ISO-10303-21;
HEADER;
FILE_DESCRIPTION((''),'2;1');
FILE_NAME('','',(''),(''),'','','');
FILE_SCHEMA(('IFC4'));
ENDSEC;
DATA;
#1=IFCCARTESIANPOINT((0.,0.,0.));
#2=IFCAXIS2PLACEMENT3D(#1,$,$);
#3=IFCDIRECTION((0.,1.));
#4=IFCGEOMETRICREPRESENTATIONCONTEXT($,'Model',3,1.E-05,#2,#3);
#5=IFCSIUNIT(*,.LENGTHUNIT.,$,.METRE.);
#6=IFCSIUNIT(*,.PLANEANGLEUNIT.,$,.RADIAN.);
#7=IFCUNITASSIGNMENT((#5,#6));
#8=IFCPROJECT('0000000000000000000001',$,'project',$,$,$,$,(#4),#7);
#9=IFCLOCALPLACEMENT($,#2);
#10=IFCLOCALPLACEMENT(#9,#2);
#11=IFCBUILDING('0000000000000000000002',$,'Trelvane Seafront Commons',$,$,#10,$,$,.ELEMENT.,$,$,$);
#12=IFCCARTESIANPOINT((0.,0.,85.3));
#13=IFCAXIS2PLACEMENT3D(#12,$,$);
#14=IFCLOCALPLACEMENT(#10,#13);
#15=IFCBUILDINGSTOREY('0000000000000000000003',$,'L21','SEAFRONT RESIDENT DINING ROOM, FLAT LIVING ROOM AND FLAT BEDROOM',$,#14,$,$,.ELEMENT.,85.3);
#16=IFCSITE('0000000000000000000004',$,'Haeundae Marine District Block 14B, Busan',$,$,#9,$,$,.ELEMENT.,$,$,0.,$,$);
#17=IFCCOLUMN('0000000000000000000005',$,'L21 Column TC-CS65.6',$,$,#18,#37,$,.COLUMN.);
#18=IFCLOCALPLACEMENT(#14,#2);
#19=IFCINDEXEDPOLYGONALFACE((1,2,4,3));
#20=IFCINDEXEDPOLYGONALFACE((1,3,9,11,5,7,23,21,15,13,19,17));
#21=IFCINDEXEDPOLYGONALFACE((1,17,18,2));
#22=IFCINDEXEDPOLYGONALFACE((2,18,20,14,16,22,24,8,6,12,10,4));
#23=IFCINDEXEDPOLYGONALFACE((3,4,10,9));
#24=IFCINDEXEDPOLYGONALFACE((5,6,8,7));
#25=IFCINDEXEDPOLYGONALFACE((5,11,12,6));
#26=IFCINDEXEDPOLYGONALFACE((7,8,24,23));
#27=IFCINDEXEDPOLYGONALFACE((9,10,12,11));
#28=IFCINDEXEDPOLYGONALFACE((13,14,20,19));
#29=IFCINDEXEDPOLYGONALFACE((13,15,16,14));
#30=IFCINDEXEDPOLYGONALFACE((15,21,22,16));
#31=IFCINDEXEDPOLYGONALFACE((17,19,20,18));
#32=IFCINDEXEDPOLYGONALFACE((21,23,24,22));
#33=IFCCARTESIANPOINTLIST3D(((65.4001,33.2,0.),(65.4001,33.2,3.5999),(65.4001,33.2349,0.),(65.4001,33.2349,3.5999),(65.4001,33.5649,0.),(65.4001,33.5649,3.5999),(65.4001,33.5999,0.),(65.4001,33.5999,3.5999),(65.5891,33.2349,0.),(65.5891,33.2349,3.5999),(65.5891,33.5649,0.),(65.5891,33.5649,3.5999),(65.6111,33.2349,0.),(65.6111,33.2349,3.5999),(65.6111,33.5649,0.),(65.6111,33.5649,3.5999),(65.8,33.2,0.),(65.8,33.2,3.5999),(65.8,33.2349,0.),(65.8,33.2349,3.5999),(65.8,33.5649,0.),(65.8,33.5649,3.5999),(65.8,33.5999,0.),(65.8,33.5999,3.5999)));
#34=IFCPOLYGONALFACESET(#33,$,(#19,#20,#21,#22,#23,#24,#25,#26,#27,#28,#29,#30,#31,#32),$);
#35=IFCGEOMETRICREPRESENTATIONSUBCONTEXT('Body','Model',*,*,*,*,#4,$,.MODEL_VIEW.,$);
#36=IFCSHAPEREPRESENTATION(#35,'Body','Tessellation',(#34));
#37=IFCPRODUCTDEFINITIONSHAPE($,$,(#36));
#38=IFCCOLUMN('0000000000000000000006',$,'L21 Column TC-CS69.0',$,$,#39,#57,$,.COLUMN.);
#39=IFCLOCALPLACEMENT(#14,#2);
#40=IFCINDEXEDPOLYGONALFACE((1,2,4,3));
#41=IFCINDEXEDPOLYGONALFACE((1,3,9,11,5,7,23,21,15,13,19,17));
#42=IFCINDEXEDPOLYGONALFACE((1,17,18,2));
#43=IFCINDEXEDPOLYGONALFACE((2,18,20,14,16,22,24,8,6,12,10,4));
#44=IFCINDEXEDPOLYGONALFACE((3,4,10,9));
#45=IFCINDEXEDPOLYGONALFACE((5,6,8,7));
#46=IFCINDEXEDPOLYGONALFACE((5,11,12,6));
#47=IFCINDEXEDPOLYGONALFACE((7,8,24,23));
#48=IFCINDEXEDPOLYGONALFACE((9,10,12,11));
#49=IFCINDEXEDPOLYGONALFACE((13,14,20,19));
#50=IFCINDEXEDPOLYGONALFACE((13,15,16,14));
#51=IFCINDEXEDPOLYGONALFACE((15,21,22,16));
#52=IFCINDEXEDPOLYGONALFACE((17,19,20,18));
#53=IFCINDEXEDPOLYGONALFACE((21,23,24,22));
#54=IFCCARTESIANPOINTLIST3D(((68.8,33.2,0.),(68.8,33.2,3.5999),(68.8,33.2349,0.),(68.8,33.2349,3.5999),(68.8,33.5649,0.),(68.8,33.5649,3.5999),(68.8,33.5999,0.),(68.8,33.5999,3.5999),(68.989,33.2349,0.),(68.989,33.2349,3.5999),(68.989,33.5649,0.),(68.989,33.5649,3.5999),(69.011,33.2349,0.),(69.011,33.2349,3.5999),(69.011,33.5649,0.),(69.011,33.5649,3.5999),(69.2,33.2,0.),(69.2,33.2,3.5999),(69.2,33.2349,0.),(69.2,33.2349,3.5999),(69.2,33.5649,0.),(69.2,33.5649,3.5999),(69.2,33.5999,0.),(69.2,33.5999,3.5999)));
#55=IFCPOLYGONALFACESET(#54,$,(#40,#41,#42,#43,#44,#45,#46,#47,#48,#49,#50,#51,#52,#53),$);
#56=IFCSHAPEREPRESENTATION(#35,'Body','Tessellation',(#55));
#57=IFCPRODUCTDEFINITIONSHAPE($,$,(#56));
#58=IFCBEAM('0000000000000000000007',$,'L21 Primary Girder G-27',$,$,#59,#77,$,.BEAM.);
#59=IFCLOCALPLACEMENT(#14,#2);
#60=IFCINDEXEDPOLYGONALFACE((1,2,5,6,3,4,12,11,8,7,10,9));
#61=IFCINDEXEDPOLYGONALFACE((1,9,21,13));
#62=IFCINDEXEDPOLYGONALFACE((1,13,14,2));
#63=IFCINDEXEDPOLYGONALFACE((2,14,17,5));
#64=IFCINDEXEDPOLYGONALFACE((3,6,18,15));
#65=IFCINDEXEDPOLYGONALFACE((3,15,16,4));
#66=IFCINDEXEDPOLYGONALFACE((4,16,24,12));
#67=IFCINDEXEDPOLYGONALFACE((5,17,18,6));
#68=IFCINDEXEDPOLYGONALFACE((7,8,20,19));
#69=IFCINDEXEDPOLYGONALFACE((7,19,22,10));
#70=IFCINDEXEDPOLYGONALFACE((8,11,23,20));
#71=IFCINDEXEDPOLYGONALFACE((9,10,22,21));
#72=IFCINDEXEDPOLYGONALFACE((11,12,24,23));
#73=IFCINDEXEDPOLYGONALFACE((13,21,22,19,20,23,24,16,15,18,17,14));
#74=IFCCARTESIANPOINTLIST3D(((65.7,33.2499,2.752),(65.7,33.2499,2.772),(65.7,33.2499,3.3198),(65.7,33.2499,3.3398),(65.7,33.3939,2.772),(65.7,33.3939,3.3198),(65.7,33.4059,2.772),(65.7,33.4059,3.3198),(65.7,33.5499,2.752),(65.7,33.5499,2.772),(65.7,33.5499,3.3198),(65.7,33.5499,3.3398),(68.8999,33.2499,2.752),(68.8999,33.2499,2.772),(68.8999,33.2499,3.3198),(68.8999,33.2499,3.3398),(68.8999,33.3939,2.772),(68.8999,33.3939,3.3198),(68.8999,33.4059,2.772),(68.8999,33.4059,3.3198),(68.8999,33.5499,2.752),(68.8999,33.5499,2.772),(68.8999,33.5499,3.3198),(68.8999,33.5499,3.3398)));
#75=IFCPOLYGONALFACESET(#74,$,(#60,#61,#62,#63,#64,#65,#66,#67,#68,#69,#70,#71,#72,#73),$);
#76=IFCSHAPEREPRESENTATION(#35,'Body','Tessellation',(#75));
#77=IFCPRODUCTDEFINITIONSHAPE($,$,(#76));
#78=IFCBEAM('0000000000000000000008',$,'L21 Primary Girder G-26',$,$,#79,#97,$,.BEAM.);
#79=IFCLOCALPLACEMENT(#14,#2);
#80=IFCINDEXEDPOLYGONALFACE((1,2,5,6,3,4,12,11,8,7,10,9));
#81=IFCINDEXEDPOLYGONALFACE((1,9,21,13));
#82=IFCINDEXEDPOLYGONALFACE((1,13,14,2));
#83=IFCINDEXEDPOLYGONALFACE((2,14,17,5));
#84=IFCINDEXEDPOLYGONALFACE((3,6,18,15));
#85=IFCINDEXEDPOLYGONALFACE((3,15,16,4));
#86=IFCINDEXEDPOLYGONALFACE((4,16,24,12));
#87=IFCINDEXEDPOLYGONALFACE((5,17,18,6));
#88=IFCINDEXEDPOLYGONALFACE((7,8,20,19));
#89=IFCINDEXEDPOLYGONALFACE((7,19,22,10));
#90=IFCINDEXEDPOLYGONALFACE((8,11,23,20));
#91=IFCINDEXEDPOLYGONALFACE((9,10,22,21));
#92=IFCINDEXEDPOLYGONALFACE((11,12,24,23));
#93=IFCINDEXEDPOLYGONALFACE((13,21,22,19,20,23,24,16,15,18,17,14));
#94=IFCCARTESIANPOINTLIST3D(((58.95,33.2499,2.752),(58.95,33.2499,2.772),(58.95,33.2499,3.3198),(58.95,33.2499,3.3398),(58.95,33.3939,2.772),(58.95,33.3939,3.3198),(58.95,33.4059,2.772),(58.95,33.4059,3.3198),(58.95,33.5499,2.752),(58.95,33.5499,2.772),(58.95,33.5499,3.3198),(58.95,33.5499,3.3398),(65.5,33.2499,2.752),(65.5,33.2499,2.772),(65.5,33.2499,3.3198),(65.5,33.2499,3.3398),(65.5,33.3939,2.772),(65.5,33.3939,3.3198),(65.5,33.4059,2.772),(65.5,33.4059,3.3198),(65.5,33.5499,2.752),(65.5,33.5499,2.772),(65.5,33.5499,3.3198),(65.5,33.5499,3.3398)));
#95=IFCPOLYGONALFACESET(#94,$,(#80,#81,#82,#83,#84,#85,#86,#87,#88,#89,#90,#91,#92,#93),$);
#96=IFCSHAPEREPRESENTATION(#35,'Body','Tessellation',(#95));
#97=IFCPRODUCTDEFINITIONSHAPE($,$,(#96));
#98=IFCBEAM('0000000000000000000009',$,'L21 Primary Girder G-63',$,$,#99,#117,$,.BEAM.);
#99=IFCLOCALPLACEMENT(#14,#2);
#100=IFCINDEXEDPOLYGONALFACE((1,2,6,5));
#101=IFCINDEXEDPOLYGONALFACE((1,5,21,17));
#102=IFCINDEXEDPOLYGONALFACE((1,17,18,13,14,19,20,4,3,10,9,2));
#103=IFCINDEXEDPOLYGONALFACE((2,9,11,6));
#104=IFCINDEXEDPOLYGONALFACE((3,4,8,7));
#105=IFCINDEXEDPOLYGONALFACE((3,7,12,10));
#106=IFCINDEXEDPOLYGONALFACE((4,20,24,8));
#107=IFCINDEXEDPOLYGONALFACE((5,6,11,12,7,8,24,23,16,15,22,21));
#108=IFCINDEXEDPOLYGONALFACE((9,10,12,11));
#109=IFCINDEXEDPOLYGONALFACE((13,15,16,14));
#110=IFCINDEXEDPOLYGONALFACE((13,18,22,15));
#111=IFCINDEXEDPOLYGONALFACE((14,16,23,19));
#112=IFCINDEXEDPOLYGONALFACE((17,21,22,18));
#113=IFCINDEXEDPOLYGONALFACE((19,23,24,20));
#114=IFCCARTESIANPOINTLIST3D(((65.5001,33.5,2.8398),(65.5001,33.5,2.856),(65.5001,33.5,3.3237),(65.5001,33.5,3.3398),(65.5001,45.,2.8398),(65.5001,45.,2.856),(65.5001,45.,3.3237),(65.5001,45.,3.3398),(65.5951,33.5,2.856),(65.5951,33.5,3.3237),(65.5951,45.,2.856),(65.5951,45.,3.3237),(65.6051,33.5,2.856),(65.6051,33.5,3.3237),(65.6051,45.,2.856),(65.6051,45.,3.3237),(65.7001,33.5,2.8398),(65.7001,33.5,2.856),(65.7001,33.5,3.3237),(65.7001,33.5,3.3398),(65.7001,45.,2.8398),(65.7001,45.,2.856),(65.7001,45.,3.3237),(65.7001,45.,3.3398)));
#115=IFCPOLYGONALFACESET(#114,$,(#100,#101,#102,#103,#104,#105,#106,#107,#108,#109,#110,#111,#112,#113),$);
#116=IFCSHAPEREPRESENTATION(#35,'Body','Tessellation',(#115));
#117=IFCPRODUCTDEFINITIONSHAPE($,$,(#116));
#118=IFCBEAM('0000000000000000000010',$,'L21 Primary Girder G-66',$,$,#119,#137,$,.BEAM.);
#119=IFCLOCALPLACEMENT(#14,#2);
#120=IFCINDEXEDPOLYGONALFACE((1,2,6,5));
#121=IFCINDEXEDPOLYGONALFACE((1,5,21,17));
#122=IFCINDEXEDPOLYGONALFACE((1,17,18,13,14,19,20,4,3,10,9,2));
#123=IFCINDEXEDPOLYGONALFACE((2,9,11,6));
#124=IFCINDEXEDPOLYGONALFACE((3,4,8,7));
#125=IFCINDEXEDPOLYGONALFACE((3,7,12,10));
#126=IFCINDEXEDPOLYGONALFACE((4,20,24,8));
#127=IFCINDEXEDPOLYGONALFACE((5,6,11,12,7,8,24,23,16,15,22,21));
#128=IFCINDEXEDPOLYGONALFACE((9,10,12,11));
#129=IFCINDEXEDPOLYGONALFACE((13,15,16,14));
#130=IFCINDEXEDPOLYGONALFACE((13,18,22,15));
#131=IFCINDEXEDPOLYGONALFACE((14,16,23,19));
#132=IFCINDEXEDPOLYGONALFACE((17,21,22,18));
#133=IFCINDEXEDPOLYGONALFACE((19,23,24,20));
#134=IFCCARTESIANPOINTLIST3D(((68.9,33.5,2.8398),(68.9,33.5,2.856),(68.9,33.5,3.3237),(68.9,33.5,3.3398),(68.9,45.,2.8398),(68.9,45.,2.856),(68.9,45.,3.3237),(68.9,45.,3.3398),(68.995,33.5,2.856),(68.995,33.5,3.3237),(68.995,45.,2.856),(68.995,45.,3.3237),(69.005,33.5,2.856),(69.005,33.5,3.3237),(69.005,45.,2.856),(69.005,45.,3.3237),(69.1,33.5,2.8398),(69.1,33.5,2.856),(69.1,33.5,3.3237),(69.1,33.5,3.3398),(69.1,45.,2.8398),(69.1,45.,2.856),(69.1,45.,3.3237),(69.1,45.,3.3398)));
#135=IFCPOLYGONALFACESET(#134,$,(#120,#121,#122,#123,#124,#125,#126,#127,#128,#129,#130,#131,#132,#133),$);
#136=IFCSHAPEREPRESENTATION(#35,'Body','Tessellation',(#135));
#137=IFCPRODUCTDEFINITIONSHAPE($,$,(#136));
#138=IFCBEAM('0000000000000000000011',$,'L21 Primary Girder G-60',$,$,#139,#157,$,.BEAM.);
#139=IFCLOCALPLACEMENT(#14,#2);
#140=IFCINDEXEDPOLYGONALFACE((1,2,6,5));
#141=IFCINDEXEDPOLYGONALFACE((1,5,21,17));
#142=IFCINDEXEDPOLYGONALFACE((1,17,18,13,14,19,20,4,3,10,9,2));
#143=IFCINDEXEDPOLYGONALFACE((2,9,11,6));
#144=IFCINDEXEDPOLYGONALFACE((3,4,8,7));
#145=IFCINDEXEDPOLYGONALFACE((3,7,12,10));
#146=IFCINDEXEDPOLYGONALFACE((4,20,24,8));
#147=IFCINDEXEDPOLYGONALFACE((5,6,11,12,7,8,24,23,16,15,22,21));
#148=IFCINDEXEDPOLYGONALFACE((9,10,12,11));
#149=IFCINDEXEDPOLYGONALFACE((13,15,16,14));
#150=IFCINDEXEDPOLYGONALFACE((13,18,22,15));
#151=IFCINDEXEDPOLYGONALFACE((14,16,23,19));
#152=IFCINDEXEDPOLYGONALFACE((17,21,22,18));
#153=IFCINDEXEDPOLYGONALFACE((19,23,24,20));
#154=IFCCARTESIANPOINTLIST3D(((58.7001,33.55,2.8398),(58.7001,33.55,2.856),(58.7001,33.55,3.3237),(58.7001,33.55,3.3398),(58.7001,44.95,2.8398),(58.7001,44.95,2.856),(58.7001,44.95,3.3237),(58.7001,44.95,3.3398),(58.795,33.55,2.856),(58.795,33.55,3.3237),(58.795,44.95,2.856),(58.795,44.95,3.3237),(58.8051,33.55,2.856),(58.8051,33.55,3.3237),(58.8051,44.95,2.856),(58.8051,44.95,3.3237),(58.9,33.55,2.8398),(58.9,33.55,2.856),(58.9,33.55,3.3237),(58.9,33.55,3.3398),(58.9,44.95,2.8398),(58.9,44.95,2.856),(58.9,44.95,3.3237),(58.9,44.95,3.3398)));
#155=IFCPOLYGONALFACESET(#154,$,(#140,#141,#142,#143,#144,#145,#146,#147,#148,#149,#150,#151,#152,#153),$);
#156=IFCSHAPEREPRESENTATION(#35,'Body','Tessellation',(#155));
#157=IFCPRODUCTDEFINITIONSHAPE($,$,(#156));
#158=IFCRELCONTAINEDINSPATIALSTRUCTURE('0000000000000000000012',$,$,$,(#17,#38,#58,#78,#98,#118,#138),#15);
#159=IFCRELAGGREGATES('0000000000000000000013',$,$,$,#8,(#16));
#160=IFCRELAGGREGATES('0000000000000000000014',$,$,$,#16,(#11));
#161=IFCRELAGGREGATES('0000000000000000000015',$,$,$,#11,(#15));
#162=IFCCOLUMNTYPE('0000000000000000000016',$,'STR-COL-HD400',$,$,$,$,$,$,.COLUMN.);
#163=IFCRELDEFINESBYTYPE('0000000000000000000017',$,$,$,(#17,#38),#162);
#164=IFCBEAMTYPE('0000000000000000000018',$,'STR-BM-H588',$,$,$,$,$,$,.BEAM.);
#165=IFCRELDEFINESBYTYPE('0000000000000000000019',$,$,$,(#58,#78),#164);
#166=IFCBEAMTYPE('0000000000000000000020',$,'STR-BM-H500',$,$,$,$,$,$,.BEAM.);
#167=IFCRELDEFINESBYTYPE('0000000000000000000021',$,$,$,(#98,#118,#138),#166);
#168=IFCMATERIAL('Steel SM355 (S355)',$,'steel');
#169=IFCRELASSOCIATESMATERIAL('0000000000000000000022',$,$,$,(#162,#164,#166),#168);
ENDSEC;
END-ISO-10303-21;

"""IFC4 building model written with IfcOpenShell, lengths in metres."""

from ifc_helpers import new_model, si_unit, direction, frame, origin, origin_2d, place, context, subcontext, project, spatial, i_section, extrude, source, transform, mapped, material, material_profile, profile_set, type_object, element, save


model = new_model("IFC4")

# Units and contexts
model_context = context("Model", 3, precision=1e-05, world=origin(), true_north=direction((0.0, 1.0)))
body_context = subcontext(model_context, "Body", "Model", "MODEL_VIEW")
ifc_project = project(units=[si_unit("LENGTHUNIT", "METRE"), si_unit("PLANEANGLEUNIT", "RADIAN")], contexts=[model_context])

# Site, building, storey
site_placement = place(None, origin())
site = spatial("IfcSite", under=ifc_project, at=site_placement, Name="Haeundae Marine District Block 14B, Busan", CompositionType="ELEMENT", RefElevation=0.0)
building_placement = place(site_placement, origin())
building = spatial("IfcBuilding", under=site, at=building_placement, Name="Trelvane Seafront Commons", CompositionType="ELEMENT")
storey_placement = place(building_placement, frame((0.0, 0.0, 85.3)))
storey = spatial("IfcBuildingStorey", under=building, at=storey_placement, Name="L21", Description="SEAFRONT RESIDENT DINING ROOM, FLAT LIVING ROOM AND FLAT BEDROOM", CompositionType="ELEMENT", Elevation=85.3)

# Columns
ifc_material_1 = material(Name="Steel SM355 (S355)", Category="steel")
ifc_material_profile_1 = material_profile(ifc_material_1, i_section(OverallWidth=0.3999, OverallDepth=0.3999, WebThickness=0.022, FlangeThickness=0.0349, at=origin_2d()), Name="HD-400x400x22x35")
ifc_profile_set_1 = profile_set([ifc_material_profile_1], Name="Steel SM355 (S355)")
column_type = type_object("IfcColumnType", Name="STR-COL-HD400", PredefinedType="COLUMN", material=ifc_profile_set_1)
shared_shape_1 = source(origin(), body_context, "Body", "SweptSolid", [
    extrude(i_section(OverallWidth=0.3999, OverallDepth=0.3999, WebThickness=0.022, FlangeThickness=0.0349, at=origin_2d()), origin(), (0.0, 0.0, 1.0), 3.5999),
])
for number, where, z_axis, x_axis, name in (
    (1, (65.6001, 33.3999, 0.0), (0.0, 0.0, 1.0), (1.0, 0.0, 0.0), "L21 Column TC-CS65.6"),
    (2, (69.0, 33.3999, 0.0), (0.0, 0.0, 1.0), (1.0, 0.0, 0.0), "L21 Column TC-CS69.0"),
):
    element("IfcColumn", number, at=place(storey_placement, frame(where, z_axis=z_axis, x_axis=x_axis)), inside=storey, type_object=column_type, Name=name, PredefinedType="COLUMN", context=body_context, shape_type="MappedRepresentation", body=[
        mapped(shared_shape_1, transform((0.0, 0.0, 0.0), x_axis=(1.0, 0.0, 0.0), y_axis=(0.0, 1.0, 0.0), z_axis=(0.0, 0.0, 1.0), scale=1.0)),
    ])

# Beams
ifc_material_profile_2 = material_profile(ifc_material_1, i_section(OverallWidth=0.3, OverallDepth=0.5879, WebThickness=0.012, FlangeThickness=0.02, at=origin_2d()), Name="H-588x300x12x20")
ifc_profile_set_2 = profile_set([ifc_material_profile_2], Name="Steel SM355 (S355)")
beam_type_1 = type_object("IfcBeamType", Name="STR-BM-H588", PredefinedType="BEAM", material=ifc_profile_set_2)
shared_shape_2 = source(origin(), body_context, "Body", "SweptSolid", [
    extrude(i_section(OverallWidth=0.3, OverallDepth=0.5879, WebThickness=0.012, FlangeThickness=0.02, at=origin_2d()), origin(), (0.0, 0.0, 1.0), 3.2),
])
beam_1_placement = place(storey_placement, frame((65.7, 33.3999, 3.0459), z_axis=(1.0, 0.0, 0.0), x_axis=(0.0, 1.0, 0.0)))
element("IfcBeam", 3, at=beam_1_placement, inside=storey, type_object=beam_type_1, Name="L21 Primary Girder G-27", PredefinedType="BEAM", context=body_context, shape_type="MappedRepresentation", body=[
    mapped(shared_shape_2, transform((0.0, 0.0, 0.0), x_axis=(1.0, 0.0, 0.0), y_axis=(0.0, 1.0, 0.0), z_axis=(0.0, 0.0, 1.0), scale=1.0)),
])
shared_shape_3 = source(origin(), body_context, "Body", "SweptSolid", [
    extrude(i_section(OverallWidth=0.3, OverallDepth=0.5879, WebThickness=0.012, FlangeThickness=0.02, at=origin_2d()), origin(), (0.0, 0.0, 1.0), 6.55),
])
beam_2_placement = place(storey_placement, frame((58.95, 33.3999, 3.0459), z_axis=(1.0, 0.0, 0.0), x_axis=(0.0, 1.0, 0.0)))
element("IfcBeam", 4, at=beam_2_placement, inside=storey, type_object=beam_type_1, Name="L21 Primary Girder G-26", PredefinedType="BEAM", context=body_context, shape_type="MappedRepresentation", body=[
    mapped(shared_shape_3, transform((0.0, 0.0, 0.0), x_axis=(1.0, 0.0, 0.0), y_axis=(0.0, 1.0, 0.0), z_axis=(0.0, 0.0, 1.0), scale=1.0)),
])
ifc_material_profile_3 = material_profile(ifc_material_1, i_section(OverallWidth=0.2, OverallDepth=0.5, WebThickness=0.01, FlangeThickness=0.0161, at=origin_2d()), Name="H-500x200x10x16")
ifc_profile_set_3 = profile_set([ifc_material_profile_3], Name="Steel SM355 (S355)")
beam_type_2 = type_object("IfcBeamType", Name="STR-BM-H500", PredefinedType="BEAM", material=ifc_profile_set_3)
shared_shape_4 = source(origin(), body_context, "Body", "SweptSolid", [
    extrude(i_section(OverallWidth=0.2, OverallDepth=0.5, WebThickness=0.01, FlangeThickness=0.0161, at=origin_2d()), origin(), (0.0, 0.0, 1.0), 11.5),
])
for number, where, z_axis, x_axis, name in (
    (5, (65.6001, 33.5, 3.0898), (0.0, 1.0, 0.0), (-1.0, 0.0, 0.0), "L21 Primary Girder G-63"),
    (6, (69.0, 33.5, 3.0898), (0.0, 1.0, 0.0), (-1.0, 0.0, 0.0), "L21 Primary Girder G-66"),
):
    element("IfcBeam", number, at=place(storey_placement, frame(where, z_axis=z_axis, x_axis=x_axis)), inside=storey, type_object=beam_type_2, Name=name, PredefinedType="BEAM", context=body_context, shape_type="MappedRepresentation", body=[
        mapped(shared_shape_4, transform((0.0, 0.0, 0.0), x_axis=(1.0, 0.0, 0.0), y_axis=(0.0, 1.0, 0.0), z_axis=(0.0, 0.0, 1.0), scale=1.0)),
    ])
shared_shape_5 = source(origin(), body_context, "Body", "SweptSolid", [
    extrude(i_section(OverallWidth=0.2, OverallDepth=0.5, WebThickness=0.01, FlangeThickness=0.0161, at=origin_2d()), origin(), (0.0, 0.0, 1.0), 11.3999),
])
beam_3_placement = place(storey_placement, frame((58.8, 33.55, 3.0898), z_axis=(0.0, 1.0, 0.0), x_axis=(-1.0, 0.0, 0.0)))
element("IfcBeam", 7, at=beam_3_placement, inside=storey, type_object=beam_type_2, Name="L21 Primary Girder G-60", PredefinedType="BEAM", context=body_context, shape_type="MappedRepresentation", body=[
    mapped(shared_shape_5, transform((0.0, 0.0, 0.0), x_axis=(1.0, 0.0, 0.0), y_axis=(0.0, 1.0, 0.0), z_axis=(0.0, 0.0, 1.0), scale=1.0)),
])

save(model, "model.ifc")
